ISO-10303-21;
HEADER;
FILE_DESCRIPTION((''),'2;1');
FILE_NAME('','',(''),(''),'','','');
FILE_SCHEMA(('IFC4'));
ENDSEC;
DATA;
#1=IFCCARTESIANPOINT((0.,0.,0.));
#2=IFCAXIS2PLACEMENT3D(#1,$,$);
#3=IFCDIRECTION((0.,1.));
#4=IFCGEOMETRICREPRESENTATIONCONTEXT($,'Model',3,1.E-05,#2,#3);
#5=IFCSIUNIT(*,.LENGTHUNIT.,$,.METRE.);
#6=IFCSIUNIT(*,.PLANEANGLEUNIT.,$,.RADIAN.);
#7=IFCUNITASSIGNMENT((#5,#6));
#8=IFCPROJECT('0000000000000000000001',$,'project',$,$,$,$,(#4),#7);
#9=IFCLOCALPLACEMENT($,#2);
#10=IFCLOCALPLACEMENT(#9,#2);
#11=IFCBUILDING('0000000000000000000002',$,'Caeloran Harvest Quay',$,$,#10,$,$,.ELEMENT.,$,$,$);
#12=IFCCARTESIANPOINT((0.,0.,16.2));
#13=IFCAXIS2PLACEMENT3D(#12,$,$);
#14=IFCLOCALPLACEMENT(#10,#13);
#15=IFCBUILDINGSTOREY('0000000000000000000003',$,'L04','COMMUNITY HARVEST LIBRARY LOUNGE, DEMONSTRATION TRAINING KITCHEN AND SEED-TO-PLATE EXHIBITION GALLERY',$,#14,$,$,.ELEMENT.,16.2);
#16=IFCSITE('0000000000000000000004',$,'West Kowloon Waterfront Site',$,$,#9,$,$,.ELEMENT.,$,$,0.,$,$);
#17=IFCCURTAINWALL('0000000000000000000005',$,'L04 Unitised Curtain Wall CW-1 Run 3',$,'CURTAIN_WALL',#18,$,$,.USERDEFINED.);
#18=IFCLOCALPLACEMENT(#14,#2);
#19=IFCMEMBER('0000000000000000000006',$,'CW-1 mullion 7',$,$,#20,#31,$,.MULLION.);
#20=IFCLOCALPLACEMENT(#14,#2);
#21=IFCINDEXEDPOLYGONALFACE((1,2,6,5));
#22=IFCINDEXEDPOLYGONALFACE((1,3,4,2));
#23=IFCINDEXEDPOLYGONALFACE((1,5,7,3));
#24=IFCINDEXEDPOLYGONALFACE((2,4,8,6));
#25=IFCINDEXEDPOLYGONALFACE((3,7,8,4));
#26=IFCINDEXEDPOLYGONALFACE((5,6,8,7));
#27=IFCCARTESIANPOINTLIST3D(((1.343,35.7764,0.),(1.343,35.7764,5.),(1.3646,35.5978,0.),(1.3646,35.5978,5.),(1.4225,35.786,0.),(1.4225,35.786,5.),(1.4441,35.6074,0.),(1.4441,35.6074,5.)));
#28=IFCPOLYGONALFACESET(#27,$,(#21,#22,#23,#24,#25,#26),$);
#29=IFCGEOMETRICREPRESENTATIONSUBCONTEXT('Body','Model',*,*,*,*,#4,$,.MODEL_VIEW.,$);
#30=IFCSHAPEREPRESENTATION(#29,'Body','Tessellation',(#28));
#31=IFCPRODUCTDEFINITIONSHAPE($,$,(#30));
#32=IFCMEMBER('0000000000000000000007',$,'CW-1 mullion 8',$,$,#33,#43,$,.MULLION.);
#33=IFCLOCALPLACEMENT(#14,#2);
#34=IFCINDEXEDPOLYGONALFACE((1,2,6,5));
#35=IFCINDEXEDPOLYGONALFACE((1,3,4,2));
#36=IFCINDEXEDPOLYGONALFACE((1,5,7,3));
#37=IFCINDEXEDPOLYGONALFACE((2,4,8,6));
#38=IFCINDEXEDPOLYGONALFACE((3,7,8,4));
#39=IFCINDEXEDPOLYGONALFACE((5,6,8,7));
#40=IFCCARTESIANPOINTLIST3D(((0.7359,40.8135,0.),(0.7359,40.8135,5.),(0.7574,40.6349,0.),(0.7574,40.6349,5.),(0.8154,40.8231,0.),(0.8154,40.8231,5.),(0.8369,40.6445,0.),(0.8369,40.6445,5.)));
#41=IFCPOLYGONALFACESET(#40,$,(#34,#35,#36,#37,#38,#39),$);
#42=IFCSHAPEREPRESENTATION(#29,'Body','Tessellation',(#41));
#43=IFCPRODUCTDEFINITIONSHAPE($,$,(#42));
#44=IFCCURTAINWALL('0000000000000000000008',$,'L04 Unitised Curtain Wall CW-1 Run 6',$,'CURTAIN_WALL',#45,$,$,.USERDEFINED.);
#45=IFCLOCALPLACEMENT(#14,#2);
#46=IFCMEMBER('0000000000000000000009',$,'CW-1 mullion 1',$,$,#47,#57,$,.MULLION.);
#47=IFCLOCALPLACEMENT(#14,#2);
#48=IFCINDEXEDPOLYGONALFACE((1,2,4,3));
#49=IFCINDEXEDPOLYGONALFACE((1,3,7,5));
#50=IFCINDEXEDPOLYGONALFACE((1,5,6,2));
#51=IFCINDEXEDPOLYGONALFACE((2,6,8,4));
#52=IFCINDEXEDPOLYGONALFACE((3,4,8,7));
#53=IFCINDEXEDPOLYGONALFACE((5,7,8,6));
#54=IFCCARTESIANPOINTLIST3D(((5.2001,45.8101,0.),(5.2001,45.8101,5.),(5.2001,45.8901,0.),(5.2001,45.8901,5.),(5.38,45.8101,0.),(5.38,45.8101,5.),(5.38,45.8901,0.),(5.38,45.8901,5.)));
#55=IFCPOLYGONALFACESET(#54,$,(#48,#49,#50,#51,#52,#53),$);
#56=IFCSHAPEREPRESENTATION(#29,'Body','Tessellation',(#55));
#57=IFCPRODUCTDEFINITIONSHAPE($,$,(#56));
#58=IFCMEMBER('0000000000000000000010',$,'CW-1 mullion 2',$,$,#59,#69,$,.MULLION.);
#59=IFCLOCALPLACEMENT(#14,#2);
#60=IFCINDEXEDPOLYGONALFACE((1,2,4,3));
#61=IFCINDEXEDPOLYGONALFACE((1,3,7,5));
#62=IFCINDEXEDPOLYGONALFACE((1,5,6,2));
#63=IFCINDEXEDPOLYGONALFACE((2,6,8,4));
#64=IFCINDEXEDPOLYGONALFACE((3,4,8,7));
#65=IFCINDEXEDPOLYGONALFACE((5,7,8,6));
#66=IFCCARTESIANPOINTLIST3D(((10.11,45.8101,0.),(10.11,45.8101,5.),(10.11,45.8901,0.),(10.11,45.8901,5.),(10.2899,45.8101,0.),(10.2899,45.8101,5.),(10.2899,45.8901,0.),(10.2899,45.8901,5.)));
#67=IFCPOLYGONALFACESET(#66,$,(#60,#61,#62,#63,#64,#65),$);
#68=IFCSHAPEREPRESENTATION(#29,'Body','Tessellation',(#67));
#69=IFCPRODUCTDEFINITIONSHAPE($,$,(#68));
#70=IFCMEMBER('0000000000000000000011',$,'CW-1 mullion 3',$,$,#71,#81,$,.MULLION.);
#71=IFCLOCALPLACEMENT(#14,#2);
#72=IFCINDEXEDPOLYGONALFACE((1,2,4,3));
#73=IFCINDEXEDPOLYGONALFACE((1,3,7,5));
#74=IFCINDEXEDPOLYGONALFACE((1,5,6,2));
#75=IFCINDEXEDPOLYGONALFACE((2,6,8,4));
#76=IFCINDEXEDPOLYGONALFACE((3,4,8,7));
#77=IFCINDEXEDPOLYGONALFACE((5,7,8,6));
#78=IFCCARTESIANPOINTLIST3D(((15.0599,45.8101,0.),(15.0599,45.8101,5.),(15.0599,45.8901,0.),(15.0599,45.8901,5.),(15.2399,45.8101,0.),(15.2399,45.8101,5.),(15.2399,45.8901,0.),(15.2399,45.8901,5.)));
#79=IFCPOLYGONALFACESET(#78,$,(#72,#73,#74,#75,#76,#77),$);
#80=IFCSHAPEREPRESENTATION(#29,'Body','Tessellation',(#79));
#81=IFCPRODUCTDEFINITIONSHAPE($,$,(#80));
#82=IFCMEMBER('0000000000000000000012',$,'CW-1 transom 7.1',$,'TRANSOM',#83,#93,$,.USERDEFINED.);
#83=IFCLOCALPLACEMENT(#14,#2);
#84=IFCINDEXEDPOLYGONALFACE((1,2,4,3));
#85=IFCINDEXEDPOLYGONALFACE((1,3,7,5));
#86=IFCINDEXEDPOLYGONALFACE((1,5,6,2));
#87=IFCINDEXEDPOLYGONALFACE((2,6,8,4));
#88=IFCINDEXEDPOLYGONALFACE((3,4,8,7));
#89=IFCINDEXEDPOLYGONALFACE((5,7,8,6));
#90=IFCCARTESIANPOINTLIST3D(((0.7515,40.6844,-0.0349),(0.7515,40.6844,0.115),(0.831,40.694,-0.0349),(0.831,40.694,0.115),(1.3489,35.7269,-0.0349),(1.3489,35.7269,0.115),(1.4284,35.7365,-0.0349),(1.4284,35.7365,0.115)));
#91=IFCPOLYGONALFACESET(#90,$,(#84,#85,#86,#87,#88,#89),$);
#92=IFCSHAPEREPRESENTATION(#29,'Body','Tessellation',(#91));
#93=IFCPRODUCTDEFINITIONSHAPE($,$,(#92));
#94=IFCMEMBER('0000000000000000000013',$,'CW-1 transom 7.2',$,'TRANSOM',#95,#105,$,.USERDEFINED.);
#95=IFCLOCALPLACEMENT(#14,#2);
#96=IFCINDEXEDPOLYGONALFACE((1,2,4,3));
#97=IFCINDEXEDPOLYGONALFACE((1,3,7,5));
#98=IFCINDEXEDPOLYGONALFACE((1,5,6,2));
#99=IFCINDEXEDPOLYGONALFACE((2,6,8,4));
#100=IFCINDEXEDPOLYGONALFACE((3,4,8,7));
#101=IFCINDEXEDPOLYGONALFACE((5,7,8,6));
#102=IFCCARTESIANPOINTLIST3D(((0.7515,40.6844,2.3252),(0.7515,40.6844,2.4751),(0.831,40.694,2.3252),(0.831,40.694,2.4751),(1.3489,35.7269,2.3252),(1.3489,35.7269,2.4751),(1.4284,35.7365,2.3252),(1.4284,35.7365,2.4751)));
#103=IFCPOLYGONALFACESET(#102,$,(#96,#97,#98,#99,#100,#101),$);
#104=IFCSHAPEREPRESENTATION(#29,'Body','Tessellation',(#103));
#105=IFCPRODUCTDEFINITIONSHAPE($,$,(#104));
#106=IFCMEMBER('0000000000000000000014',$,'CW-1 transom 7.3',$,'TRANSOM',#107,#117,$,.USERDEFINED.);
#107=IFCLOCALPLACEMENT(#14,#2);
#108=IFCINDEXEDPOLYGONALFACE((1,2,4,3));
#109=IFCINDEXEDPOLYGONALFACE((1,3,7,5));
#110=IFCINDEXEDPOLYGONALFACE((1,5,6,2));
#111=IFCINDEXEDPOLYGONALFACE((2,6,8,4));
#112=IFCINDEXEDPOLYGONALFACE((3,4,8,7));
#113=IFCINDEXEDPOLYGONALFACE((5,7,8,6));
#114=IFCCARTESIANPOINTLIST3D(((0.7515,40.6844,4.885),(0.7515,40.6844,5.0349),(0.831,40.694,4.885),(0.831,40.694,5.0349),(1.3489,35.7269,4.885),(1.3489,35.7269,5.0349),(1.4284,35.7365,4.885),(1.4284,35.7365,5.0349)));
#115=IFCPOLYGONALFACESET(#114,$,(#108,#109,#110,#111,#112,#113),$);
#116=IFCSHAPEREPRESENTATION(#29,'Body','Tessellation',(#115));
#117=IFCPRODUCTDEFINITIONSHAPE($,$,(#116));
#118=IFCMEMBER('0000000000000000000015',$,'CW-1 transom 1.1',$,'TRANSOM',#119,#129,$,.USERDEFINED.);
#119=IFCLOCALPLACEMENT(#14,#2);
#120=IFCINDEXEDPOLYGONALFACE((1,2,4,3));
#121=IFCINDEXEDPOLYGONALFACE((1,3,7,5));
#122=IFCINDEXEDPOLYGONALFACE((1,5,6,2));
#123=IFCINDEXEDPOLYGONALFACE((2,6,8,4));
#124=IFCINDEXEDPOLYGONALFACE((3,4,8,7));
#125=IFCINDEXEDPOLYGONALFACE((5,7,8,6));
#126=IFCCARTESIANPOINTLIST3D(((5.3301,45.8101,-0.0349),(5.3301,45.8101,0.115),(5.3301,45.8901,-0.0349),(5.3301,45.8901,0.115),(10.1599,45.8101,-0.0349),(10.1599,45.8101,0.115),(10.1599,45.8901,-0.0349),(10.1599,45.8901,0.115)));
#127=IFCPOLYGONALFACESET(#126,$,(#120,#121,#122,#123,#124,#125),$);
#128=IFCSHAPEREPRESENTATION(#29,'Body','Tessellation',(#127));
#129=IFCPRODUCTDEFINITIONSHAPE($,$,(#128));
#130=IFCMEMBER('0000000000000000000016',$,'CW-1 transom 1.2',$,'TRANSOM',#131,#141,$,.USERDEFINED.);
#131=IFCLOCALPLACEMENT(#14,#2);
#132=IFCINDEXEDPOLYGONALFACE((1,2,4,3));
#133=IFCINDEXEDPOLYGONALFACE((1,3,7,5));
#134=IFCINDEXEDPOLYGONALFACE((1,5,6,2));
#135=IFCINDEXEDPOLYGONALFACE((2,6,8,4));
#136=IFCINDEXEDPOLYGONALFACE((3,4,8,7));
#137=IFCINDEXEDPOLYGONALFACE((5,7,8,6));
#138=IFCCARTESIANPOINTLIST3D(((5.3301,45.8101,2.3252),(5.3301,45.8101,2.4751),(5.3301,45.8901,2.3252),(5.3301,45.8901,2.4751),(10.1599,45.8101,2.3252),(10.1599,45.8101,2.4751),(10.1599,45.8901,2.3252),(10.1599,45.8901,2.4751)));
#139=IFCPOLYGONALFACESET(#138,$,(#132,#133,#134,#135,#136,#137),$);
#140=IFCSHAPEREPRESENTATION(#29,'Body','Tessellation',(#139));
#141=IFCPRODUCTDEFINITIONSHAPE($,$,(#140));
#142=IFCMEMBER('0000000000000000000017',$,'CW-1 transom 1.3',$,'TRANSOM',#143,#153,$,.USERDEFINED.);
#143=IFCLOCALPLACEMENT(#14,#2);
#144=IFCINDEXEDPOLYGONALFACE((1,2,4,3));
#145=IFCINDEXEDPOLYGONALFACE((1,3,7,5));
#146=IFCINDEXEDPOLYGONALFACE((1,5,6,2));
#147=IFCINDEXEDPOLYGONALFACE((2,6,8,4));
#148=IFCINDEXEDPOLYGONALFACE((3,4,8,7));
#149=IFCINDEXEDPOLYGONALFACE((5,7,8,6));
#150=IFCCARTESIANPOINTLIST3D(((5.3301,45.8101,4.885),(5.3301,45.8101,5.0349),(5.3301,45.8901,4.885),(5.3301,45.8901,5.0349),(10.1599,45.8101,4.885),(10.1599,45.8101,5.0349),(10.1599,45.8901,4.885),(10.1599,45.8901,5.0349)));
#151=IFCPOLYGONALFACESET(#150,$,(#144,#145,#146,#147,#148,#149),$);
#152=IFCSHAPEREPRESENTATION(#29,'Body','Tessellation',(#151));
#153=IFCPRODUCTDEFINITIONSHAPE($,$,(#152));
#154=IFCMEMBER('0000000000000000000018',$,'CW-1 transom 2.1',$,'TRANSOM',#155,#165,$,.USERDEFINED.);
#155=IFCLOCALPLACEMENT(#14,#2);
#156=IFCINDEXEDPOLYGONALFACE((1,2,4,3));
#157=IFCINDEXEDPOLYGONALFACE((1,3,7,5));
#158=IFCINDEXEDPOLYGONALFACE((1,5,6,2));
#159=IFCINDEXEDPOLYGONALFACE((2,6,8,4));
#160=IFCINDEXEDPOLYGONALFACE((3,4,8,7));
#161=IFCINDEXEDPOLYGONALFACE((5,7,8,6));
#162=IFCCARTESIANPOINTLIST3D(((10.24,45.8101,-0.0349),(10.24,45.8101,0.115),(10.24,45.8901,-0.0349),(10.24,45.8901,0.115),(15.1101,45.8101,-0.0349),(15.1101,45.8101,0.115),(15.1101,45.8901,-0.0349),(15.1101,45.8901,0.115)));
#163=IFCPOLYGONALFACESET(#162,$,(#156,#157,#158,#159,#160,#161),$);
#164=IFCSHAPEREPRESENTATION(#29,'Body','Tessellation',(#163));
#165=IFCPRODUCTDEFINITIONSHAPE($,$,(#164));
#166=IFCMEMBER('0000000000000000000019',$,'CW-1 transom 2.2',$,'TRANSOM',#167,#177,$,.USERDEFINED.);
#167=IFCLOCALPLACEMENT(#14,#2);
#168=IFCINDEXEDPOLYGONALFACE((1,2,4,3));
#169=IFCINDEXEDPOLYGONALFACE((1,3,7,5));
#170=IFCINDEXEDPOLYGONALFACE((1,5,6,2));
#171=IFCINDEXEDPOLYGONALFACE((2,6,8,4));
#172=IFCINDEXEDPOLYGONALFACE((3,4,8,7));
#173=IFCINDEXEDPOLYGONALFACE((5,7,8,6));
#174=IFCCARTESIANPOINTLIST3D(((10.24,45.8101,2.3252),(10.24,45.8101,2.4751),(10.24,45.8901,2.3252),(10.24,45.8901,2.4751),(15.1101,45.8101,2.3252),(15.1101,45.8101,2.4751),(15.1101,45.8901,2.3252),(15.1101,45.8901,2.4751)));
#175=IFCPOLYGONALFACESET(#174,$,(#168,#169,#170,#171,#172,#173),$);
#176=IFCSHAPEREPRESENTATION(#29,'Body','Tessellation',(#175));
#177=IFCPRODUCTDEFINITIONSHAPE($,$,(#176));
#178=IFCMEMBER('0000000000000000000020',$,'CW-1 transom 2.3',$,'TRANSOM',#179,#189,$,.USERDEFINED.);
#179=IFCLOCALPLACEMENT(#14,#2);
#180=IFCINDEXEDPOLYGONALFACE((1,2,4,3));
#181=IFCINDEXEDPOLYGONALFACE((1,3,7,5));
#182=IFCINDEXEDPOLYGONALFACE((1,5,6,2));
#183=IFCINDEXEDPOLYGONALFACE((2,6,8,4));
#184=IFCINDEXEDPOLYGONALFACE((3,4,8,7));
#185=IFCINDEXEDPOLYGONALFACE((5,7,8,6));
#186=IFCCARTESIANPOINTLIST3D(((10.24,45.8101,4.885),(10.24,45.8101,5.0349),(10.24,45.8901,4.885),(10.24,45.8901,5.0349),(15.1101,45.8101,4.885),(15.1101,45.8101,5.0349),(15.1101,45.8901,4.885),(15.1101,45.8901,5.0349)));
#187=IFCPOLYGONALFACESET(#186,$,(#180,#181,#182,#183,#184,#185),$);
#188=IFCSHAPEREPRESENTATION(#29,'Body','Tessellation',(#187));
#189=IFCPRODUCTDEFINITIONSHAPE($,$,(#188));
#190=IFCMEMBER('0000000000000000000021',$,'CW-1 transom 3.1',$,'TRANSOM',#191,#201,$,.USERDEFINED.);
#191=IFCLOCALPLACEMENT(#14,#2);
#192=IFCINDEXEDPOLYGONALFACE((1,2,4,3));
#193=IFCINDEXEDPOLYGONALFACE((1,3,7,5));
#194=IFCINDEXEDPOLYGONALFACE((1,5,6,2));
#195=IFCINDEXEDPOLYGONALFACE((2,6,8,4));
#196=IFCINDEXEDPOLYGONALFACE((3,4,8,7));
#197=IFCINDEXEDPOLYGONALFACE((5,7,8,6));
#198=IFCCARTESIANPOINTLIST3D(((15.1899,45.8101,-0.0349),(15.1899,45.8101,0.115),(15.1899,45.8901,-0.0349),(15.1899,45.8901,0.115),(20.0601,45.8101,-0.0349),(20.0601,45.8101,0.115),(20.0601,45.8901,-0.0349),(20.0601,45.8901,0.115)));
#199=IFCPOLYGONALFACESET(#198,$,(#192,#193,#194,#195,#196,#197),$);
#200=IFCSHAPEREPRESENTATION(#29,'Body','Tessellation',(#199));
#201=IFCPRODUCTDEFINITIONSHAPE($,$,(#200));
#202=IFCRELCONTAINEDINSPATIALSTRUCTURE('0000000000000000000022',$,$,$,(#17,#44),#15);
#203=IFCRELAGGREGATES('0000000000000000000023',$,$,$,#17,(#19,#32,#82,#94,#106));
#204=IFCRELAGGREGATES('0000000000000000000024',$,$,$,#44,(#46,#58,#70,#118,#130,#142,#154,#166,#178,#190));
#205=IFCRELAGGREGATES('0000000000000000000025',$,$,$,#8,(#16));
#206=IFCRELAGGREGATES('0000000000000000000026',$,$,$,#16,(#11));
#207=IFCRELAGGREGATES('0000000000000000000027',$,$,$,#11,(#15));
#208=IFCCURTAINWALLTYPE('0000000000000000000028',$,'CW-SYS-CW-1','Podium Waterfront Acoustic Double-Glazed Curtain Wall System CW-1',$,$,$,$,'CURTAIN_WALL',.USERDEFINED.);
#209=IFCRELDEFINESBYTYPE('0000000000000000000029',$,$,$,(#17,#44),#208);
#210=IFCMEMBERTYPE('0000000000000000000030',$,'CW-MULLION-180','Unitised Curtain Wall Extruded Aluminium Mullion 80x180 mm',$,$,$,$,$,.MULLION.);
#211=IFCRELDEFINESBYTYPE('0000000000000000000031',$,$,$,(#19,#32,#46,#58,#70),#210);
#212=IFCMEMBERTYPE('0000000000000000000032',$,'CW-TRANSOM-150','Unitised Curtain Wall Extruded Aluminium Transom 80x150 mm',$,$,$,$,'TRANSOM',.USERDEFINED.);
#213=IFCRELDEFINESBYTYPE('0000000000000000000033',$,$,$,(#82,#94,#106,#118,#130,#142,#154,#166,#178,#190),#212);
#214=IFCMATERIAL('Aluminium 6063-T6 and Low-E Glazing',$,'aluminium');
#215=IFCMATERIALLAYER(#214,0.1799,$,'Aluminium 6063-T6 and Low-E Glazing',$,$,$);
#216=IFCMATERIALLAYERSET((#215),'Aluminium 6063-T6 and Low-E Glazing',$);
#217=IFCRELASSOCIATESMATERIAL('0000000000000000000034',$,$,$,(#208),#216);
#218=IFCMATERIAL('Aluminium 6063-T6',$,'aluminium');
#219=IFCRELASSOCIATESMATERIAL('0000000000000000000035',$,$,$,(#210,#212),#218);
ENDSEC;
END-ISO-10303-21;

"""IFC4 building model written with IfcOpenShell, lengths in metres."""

from ifc_helpers import new_model, si_unit, direction, frame, origin, origin_2d, place, context, subcontext, project, spatial, rectangle, extrude, material, layer, layer_set, material_profile, profile_set, type_object, element, aggregate, save


model = new_model("IFC4")

# Units and contexts
model_context = context("Model", 3, precision=1e-05, world=origin(), true_north=direction((0.0, 1.0)))
body_context = subcontext(model_context, "Body", "Model", "MODEL_VIEW")
ifc_project = project(units=[si_unit("LENGTHUNIT", "METRE"), si_unit("PLANEANGLEUNIT", "RADIAN")], contexts=[model_context])

# Site, building, storey
site_placement = place(None, origin())
site = spatial("IfcSite", under=ifc_project, at=site_placement, Name="West Kowloon Waterfront Site", CompositionType="ELEMENT", RefElevation=0.0)
building_placement = place(site_placement, origin())
building = spatial("IfcBuilding", under=site, at=building_placement, Name="Caeloran Harvest Quay", CompositionType="ELEMENT")
storey_placement = place(building_placement, frame((0.0, 0.0, 16.2)))
storey = spatial("IfcBuildingStorey", under=building, at=storey_placement, Name="L04", Description="COMMUNITY HARVEST LIBRARY LOUNGE, DEMONSTRATION TRAINING KITCHEN AND SEED-TO-PLATE EXHIBITION GALLERY", CompositionType="ELEMENT", Elevation=16.2)

# Curtain walls, members
ifc_material_1 = material(Name="Aluminium 6063-T6 and Low-E Glazing", Category="aluminium")
ifc_layer_1 = layer(ifc_material_1, 0.1799, Name="Aluminium 6063-T6 and Low-E Glazing")
ifc_layer_set_1 = layer_set([ifc_layer_1], Name="Aluminium 6063-T6 and Low-E Glazing")
curtain_wall_type = type_object("IfcCurtainWallType", Name="CW-SYS-CW-1", Description="Podium Waterfront Acoustic Double-Glazed Curtain Wall System CW-1", ElementType="CURTAIN_WALL", PredefinedType="USERDEFINED", material=ifc_layer_set_1)
curtain_wall_1_placement = place(storey_placement, origin())
curtain_wall_1 = element("IfcCurtainWall", 1, at=curtain_wall_1_placement, inside=storey, type_object=curtain_wall_type, Name="L04 Unitised Curtain Wall CW-1 Run 3", ObjectType="CURTAIN_WALL", PredefinedType="USERDEFINED")
ifc_material_2 = material(Name="Aluminium 6063-T6", Category="aluminium")
ifc_material_profile_1 = material_profile(ifc_material_2, rectangle(XDim=0.0801, YDim=0.1799, at=origin_2d()), Name="CW-MULLION-180")
ifc_profile_set_1 = profile_set([ifc_material_profile_1], Name="Aluminium 6063-T6")
member_type_1 = type_object("IfcMemberType", Name="CW-MULLION-180", Description="Unitised Curtain Wall Extruded Aluminium Mullion 80x180 mm", PredefinedType="MULLION", material=ifc_profile_set_1)
member_1_placement = place(storey_placement, frame((1.3936, 35.6919, 0.0), z_axis=(0.0, 0.0, 1.0), x_axis=(-0.992816, -0.119655, 0.0)))
member_1 = element("IfcMember", 2, at=member_1_placement, type_object=member_type_1, Name="CW-1 mullion 7", PredefinedType="MULLION", context=body_context, shape_type="SweptSolid", body=[
    extrude(rectangle(XDim=0.0801, YDim=0.1799, at=origin_2d()), origin(), (0.0, 0.0, 1.0), 5.0),
])
member_2_placement = place(storey_placement, frame((0.7864, 40.729, 0.0), z_axis=(0.0, 0.0, 1.0), x_axis=(-0.992816, -0.119655, 0.0)))
member_2 = element("IfcMember", 3, at=member_2_placement, type_object=member_type_1, Name="CW-1 mullion 8", PredefinedType="MULLION", context=body_context, shape_type="SweptSolid", body=[
    extrude(rectangle(XDim=0.0801, YDim=0.1799, at=origin_2d()), origin(), (0.0, 0.0, 1.0), 5.0),
])
curtain_wall_2_placement = place(storey_placement, origin())
curtain_wall_2 = element("IfcCurtainWall", 4, at=curtain_wall_2_placement, inside=storey, type_object=curtain_wall_type, Name="L04 Unitised Curtain Wall CW-1 Run 6", ObjectType="CURTAIN_WALL", PredefinedType="USERDEFINED")
member_3_placement = place(storey_placement, frame((5.29, 45.8501, 0.0), z_axis=(0.0, 0.0, 1.0), x_axis=(0.0, 1.0, 0.0)))
member_3 = element("IfcMember", 5, at=member_3_placement, type_object=member_type_1, Name="CW-1 mullion 1", PredefinedType="MULLION", context=body_context, shape_type="SweptSolid", body=[
    extrude(rectangle(XDim=0.0801, YDim=0.1799, at=origin_2d()), origin(), (0.0, 0.0, 1.0), 5.0),
])
member_4_placement = place(storey_placement, frame((10.2, 45.8501, 0.0), z_axis=(0.0, 0.0, 1.0), x_axis=(0.0, 1.0, 0.0)))
member_4 = element("IfcMember", 6, at=member_4_placement, type_object=member_type_1, Name="CW-1 mullion 2", PredefinedType="MULLION", context=body_context, shape_type="SweptSolid", body=[
    extrude(rectangle(XDim=0.0801, YDim=0.1799, at=origin_2d()), origin(), (0.0, 0.0, 1.0), 5.0),
])
member_5_placement = place(storey_placement, frame((15.1499, 45.8501, 0.0), z_axis=(0.0, 0.0, 1.0), x_axis=(0.0, 1.0, 0.0)))
member_5 = element("IfcMember", 7, at=member_5_placement, type_object=member_type_1, Name="CW-1 mullion 3", PredefinedType="MULLION", context=body_context, shape_type="SweptSolid", body=[
    extrude(rectangle(XDim=0.0801, YDim=0.1799, at=origin_2d()), origin(), (0.0, 0.0, 1.0), 5.0),
])

# Members
ifc_material_profile_2 = material_profile(ifc_material_2, rectangle(XDim=0.0801, YDim=0.1499, at=origin_2d()), Name="CW-TRANSOM-150")
ifc_profile_set_2 = profile_set([ifc_material_profile_2], Name="Aluminium 6063-T6")
member_type_2 = type_object("IfcMemberType", Name="CW-TRANSOM-150", Description="Unitised Curtain Wall Extruded Aluminium Transom 80x150 mm", ElementType="TRANSOM", PredefinedType="USERDEFINED", material=ifc_profile_set_2)
member_6_placement = place(storey_placement, frame((1.3887, 35.7317, 0.04), z_axis=(-0.119641, 0.992817, 0.0), x_axis=(-0.992817, -0.119641, 0.0)))
member_6 = element("IfcMember", 8, at=member_6_placement, type_object=member_type_2, Name="CW-1 transom 7.1", ObjectType="TRANSOM", PredefinedType="USERDEFINED", context=body_context, shape_type="SweptSolid", body=[
    extrude(rectangle(XDim=0.0801, YDim=0.1499, at=origin_2d()), origin(), (0.0, 0.0, 1.0), 4.9934),
])
member_7_placement = place(storey_placement, frame((1.3887, 35.7317, 2.4001), z_axis=(-0.119641, 0.992817, 0.0), x_axis=(-0.992817, -0.119641, 0.0)))
member_7 = element("IfcMember", 9, at=member_7_placement, type_object=member_type_2, Name="CW-1 transom 7.2", ObjectType="TRANSOM", PredefinedType="USERDEFINED", context=body_context, shape_type="SweptSolid", body=[
    extrude(rectangle(XDim=0.0801, YDim=0.1499, at=origin_2d()), origin(), (0.0, 0.0, 1.0), 4.9934),
])
member_8_placement = place(storey_placement, frame((1.3887, 35.7317, 4.96), z_axis=(-0.119641, 0.992817, 0.0), x_axis=(-0.992817, -0.119641, 0.0)))
member_8 = element("IfcMember", 10, at=member_8_placement, type_object=member_type_2, Name="CW-1 transom 7.3", ObjectType="TRANSOM", PredefinedType="USERDEFINED", context=body_context, shape_type="SweptSolid", body=[
    extrude(rectangle(XDim=0.0801, YDim=0.1499, at=origin_2d()), origin(), (0.0, 0.0, 1.0), 4.9934),
])
member_9_placement = place(storey_placement, frame((5.3301, 45.8501, 0.04), z_axis=(1.0, 0.0, 0.0), x_axis=(0.0, 1.0, 0.0)))
member_9 = element("IfcMember", 11, at=member_9_placement, type_object=member_type_2, Name="CW-1 transom 1.1", ObjectType="TRANSOM", PredefinedType="USERDEFINED", context=body_context, shape_type="SweptSolid", body=[
    extrude(rectangle(XDim=0.0801, YDim=0.1499, at=origin_2d()), origin(), (0.0, 0.0, 1.0), 4.8298),
])
member_10_placement = place(storey_placement, frame((5.3301, 45.8501, 2.4001), z_axis=(1.0, 0.0, 0.0), x_axis=(0.0, 1.0, 0.0)))
member_10 = element("IfcMember", 12, at=member_10_placement, type_object=member_type_2, Name="CW-1 transom 1.2", ObjectType="TRANSOM", PredefinedType="USERDEFINED", context=body_context, shape_type="SweptSolid", body=[
    extrude(rectangle(XDim=0.0801, YDim=0.1499, at=origin_2d()), origin(), (0.0, 0.0, 1.0), 4.8298),
])
member_11_placement = place(storey_placement, frame((5.3301, 45.8501, 4.96), z_axis=(1.0, 0.0, 0.0), x_axis=(0.0, 1.0, 0.0)))
member_11 = element("IfcMember", 13, at=member_11_placement, type_object=member_type_2, Name="CW-1 transom 1.3", ObjectType="TRANSOM", PredefinedType="USERDEFINED", context=body_context, shape_type="SweptSolid", body=[
    extrude(rectangle(XDim=0.0801, YDim=0.1499, at=origin_2d()), origin(), (0.0, 0.0, 1.0), 4.8298),
])
member_12_placement = place(storey_placement, frame((10.24, 45.8501, 0.04), z_axis=(1.0, 0.0, 0.0), x_axis=(0.0, 1.0, 0.0)))
member_12 = element("IfcMember", 14, at=member_12_placement, type_object=member_type_2, Name="CW-1 transom 2.1", ObjectType="TRANSOM", PredefinedType="USERDEFINED", context=body_context, shape_type="SweptSolid", body=[
    extrude(rectangle(XDim=0.0801, YDim=0.1499, at=origin_2d()), origin(), (0.0, 0.0, 1.0), 4.8701),
])
member_13_placement = place(storey_placement, frame((10.24, 45.8501, 2.4001), z_axis=(1.0, 0.0, 0.0), x_axis=(0.0, 1.0, 0.0)))
member_13 = element("IfcMember", 15, at=member_13_placement, type_object=member_type_2, Name="CW-1 transom 2.2", ObjectType="TRANSOM", PredefinedType="USERDEFINED", context=body_context, shape_type="SweptSolid", body=[
    extrude(rectangle(XDim=0.0801, YDim=0.1499, at=origin_2d()), origin(), (0.0, 0.0, 1.0), 4.8701),
])
member_14_placement = place(storey_placement, frame((10.24, 45.8501, 4.96), z_axis=(1.0, 0.0, 0.0), x_axis=(0.0, 1.0, 0.0)))
member_14 = element("IfcMember", 16, at=member_14_placement, type_object=member_type_2, Name="CW-1 transom 2.3", ObjectType="TRANSOM", PredefinedType="USERDEFINED", context=body_context, shape_type="SweptSolid", body=[
    extrude(rectangle(XDim=0.0801, YDim=0.1499, at=origin_2d()), origin(), (0.0, 0.0, 1.0), 4.8701),
])
member_15_placement = place(storey_placement, frame((15.1899, 45.8501, 0.04), z_axis=(1.0, 0.0, 0.0), x_axis=(0.0, 1.0, 0.0)))
member_15 = element("IfcMember", 17, at=member_15_placement, type_object=member_type_2, Name="CW-1 transom 3.1", ObjectType="TRANSOM", PredefinedType="USERDEFINED", context=body_context, shape_type="SweptSolid", body=[
    extrude(rectangle(XDim=0.0801, YDim=0.1499, at=origin_2d()), origin(), (0.0, 0.0, 1.0), 4.8701),
])

aggregate(curtain_wall_1, [member_1, member_2, member_6, member_7, member_8])
aggregate(curtain_wall_2, [member_3, member_4, member_5, member_9, member_10, member_11, member_12, member_13, member_14, member_15])

save(model, "model.ifc")
